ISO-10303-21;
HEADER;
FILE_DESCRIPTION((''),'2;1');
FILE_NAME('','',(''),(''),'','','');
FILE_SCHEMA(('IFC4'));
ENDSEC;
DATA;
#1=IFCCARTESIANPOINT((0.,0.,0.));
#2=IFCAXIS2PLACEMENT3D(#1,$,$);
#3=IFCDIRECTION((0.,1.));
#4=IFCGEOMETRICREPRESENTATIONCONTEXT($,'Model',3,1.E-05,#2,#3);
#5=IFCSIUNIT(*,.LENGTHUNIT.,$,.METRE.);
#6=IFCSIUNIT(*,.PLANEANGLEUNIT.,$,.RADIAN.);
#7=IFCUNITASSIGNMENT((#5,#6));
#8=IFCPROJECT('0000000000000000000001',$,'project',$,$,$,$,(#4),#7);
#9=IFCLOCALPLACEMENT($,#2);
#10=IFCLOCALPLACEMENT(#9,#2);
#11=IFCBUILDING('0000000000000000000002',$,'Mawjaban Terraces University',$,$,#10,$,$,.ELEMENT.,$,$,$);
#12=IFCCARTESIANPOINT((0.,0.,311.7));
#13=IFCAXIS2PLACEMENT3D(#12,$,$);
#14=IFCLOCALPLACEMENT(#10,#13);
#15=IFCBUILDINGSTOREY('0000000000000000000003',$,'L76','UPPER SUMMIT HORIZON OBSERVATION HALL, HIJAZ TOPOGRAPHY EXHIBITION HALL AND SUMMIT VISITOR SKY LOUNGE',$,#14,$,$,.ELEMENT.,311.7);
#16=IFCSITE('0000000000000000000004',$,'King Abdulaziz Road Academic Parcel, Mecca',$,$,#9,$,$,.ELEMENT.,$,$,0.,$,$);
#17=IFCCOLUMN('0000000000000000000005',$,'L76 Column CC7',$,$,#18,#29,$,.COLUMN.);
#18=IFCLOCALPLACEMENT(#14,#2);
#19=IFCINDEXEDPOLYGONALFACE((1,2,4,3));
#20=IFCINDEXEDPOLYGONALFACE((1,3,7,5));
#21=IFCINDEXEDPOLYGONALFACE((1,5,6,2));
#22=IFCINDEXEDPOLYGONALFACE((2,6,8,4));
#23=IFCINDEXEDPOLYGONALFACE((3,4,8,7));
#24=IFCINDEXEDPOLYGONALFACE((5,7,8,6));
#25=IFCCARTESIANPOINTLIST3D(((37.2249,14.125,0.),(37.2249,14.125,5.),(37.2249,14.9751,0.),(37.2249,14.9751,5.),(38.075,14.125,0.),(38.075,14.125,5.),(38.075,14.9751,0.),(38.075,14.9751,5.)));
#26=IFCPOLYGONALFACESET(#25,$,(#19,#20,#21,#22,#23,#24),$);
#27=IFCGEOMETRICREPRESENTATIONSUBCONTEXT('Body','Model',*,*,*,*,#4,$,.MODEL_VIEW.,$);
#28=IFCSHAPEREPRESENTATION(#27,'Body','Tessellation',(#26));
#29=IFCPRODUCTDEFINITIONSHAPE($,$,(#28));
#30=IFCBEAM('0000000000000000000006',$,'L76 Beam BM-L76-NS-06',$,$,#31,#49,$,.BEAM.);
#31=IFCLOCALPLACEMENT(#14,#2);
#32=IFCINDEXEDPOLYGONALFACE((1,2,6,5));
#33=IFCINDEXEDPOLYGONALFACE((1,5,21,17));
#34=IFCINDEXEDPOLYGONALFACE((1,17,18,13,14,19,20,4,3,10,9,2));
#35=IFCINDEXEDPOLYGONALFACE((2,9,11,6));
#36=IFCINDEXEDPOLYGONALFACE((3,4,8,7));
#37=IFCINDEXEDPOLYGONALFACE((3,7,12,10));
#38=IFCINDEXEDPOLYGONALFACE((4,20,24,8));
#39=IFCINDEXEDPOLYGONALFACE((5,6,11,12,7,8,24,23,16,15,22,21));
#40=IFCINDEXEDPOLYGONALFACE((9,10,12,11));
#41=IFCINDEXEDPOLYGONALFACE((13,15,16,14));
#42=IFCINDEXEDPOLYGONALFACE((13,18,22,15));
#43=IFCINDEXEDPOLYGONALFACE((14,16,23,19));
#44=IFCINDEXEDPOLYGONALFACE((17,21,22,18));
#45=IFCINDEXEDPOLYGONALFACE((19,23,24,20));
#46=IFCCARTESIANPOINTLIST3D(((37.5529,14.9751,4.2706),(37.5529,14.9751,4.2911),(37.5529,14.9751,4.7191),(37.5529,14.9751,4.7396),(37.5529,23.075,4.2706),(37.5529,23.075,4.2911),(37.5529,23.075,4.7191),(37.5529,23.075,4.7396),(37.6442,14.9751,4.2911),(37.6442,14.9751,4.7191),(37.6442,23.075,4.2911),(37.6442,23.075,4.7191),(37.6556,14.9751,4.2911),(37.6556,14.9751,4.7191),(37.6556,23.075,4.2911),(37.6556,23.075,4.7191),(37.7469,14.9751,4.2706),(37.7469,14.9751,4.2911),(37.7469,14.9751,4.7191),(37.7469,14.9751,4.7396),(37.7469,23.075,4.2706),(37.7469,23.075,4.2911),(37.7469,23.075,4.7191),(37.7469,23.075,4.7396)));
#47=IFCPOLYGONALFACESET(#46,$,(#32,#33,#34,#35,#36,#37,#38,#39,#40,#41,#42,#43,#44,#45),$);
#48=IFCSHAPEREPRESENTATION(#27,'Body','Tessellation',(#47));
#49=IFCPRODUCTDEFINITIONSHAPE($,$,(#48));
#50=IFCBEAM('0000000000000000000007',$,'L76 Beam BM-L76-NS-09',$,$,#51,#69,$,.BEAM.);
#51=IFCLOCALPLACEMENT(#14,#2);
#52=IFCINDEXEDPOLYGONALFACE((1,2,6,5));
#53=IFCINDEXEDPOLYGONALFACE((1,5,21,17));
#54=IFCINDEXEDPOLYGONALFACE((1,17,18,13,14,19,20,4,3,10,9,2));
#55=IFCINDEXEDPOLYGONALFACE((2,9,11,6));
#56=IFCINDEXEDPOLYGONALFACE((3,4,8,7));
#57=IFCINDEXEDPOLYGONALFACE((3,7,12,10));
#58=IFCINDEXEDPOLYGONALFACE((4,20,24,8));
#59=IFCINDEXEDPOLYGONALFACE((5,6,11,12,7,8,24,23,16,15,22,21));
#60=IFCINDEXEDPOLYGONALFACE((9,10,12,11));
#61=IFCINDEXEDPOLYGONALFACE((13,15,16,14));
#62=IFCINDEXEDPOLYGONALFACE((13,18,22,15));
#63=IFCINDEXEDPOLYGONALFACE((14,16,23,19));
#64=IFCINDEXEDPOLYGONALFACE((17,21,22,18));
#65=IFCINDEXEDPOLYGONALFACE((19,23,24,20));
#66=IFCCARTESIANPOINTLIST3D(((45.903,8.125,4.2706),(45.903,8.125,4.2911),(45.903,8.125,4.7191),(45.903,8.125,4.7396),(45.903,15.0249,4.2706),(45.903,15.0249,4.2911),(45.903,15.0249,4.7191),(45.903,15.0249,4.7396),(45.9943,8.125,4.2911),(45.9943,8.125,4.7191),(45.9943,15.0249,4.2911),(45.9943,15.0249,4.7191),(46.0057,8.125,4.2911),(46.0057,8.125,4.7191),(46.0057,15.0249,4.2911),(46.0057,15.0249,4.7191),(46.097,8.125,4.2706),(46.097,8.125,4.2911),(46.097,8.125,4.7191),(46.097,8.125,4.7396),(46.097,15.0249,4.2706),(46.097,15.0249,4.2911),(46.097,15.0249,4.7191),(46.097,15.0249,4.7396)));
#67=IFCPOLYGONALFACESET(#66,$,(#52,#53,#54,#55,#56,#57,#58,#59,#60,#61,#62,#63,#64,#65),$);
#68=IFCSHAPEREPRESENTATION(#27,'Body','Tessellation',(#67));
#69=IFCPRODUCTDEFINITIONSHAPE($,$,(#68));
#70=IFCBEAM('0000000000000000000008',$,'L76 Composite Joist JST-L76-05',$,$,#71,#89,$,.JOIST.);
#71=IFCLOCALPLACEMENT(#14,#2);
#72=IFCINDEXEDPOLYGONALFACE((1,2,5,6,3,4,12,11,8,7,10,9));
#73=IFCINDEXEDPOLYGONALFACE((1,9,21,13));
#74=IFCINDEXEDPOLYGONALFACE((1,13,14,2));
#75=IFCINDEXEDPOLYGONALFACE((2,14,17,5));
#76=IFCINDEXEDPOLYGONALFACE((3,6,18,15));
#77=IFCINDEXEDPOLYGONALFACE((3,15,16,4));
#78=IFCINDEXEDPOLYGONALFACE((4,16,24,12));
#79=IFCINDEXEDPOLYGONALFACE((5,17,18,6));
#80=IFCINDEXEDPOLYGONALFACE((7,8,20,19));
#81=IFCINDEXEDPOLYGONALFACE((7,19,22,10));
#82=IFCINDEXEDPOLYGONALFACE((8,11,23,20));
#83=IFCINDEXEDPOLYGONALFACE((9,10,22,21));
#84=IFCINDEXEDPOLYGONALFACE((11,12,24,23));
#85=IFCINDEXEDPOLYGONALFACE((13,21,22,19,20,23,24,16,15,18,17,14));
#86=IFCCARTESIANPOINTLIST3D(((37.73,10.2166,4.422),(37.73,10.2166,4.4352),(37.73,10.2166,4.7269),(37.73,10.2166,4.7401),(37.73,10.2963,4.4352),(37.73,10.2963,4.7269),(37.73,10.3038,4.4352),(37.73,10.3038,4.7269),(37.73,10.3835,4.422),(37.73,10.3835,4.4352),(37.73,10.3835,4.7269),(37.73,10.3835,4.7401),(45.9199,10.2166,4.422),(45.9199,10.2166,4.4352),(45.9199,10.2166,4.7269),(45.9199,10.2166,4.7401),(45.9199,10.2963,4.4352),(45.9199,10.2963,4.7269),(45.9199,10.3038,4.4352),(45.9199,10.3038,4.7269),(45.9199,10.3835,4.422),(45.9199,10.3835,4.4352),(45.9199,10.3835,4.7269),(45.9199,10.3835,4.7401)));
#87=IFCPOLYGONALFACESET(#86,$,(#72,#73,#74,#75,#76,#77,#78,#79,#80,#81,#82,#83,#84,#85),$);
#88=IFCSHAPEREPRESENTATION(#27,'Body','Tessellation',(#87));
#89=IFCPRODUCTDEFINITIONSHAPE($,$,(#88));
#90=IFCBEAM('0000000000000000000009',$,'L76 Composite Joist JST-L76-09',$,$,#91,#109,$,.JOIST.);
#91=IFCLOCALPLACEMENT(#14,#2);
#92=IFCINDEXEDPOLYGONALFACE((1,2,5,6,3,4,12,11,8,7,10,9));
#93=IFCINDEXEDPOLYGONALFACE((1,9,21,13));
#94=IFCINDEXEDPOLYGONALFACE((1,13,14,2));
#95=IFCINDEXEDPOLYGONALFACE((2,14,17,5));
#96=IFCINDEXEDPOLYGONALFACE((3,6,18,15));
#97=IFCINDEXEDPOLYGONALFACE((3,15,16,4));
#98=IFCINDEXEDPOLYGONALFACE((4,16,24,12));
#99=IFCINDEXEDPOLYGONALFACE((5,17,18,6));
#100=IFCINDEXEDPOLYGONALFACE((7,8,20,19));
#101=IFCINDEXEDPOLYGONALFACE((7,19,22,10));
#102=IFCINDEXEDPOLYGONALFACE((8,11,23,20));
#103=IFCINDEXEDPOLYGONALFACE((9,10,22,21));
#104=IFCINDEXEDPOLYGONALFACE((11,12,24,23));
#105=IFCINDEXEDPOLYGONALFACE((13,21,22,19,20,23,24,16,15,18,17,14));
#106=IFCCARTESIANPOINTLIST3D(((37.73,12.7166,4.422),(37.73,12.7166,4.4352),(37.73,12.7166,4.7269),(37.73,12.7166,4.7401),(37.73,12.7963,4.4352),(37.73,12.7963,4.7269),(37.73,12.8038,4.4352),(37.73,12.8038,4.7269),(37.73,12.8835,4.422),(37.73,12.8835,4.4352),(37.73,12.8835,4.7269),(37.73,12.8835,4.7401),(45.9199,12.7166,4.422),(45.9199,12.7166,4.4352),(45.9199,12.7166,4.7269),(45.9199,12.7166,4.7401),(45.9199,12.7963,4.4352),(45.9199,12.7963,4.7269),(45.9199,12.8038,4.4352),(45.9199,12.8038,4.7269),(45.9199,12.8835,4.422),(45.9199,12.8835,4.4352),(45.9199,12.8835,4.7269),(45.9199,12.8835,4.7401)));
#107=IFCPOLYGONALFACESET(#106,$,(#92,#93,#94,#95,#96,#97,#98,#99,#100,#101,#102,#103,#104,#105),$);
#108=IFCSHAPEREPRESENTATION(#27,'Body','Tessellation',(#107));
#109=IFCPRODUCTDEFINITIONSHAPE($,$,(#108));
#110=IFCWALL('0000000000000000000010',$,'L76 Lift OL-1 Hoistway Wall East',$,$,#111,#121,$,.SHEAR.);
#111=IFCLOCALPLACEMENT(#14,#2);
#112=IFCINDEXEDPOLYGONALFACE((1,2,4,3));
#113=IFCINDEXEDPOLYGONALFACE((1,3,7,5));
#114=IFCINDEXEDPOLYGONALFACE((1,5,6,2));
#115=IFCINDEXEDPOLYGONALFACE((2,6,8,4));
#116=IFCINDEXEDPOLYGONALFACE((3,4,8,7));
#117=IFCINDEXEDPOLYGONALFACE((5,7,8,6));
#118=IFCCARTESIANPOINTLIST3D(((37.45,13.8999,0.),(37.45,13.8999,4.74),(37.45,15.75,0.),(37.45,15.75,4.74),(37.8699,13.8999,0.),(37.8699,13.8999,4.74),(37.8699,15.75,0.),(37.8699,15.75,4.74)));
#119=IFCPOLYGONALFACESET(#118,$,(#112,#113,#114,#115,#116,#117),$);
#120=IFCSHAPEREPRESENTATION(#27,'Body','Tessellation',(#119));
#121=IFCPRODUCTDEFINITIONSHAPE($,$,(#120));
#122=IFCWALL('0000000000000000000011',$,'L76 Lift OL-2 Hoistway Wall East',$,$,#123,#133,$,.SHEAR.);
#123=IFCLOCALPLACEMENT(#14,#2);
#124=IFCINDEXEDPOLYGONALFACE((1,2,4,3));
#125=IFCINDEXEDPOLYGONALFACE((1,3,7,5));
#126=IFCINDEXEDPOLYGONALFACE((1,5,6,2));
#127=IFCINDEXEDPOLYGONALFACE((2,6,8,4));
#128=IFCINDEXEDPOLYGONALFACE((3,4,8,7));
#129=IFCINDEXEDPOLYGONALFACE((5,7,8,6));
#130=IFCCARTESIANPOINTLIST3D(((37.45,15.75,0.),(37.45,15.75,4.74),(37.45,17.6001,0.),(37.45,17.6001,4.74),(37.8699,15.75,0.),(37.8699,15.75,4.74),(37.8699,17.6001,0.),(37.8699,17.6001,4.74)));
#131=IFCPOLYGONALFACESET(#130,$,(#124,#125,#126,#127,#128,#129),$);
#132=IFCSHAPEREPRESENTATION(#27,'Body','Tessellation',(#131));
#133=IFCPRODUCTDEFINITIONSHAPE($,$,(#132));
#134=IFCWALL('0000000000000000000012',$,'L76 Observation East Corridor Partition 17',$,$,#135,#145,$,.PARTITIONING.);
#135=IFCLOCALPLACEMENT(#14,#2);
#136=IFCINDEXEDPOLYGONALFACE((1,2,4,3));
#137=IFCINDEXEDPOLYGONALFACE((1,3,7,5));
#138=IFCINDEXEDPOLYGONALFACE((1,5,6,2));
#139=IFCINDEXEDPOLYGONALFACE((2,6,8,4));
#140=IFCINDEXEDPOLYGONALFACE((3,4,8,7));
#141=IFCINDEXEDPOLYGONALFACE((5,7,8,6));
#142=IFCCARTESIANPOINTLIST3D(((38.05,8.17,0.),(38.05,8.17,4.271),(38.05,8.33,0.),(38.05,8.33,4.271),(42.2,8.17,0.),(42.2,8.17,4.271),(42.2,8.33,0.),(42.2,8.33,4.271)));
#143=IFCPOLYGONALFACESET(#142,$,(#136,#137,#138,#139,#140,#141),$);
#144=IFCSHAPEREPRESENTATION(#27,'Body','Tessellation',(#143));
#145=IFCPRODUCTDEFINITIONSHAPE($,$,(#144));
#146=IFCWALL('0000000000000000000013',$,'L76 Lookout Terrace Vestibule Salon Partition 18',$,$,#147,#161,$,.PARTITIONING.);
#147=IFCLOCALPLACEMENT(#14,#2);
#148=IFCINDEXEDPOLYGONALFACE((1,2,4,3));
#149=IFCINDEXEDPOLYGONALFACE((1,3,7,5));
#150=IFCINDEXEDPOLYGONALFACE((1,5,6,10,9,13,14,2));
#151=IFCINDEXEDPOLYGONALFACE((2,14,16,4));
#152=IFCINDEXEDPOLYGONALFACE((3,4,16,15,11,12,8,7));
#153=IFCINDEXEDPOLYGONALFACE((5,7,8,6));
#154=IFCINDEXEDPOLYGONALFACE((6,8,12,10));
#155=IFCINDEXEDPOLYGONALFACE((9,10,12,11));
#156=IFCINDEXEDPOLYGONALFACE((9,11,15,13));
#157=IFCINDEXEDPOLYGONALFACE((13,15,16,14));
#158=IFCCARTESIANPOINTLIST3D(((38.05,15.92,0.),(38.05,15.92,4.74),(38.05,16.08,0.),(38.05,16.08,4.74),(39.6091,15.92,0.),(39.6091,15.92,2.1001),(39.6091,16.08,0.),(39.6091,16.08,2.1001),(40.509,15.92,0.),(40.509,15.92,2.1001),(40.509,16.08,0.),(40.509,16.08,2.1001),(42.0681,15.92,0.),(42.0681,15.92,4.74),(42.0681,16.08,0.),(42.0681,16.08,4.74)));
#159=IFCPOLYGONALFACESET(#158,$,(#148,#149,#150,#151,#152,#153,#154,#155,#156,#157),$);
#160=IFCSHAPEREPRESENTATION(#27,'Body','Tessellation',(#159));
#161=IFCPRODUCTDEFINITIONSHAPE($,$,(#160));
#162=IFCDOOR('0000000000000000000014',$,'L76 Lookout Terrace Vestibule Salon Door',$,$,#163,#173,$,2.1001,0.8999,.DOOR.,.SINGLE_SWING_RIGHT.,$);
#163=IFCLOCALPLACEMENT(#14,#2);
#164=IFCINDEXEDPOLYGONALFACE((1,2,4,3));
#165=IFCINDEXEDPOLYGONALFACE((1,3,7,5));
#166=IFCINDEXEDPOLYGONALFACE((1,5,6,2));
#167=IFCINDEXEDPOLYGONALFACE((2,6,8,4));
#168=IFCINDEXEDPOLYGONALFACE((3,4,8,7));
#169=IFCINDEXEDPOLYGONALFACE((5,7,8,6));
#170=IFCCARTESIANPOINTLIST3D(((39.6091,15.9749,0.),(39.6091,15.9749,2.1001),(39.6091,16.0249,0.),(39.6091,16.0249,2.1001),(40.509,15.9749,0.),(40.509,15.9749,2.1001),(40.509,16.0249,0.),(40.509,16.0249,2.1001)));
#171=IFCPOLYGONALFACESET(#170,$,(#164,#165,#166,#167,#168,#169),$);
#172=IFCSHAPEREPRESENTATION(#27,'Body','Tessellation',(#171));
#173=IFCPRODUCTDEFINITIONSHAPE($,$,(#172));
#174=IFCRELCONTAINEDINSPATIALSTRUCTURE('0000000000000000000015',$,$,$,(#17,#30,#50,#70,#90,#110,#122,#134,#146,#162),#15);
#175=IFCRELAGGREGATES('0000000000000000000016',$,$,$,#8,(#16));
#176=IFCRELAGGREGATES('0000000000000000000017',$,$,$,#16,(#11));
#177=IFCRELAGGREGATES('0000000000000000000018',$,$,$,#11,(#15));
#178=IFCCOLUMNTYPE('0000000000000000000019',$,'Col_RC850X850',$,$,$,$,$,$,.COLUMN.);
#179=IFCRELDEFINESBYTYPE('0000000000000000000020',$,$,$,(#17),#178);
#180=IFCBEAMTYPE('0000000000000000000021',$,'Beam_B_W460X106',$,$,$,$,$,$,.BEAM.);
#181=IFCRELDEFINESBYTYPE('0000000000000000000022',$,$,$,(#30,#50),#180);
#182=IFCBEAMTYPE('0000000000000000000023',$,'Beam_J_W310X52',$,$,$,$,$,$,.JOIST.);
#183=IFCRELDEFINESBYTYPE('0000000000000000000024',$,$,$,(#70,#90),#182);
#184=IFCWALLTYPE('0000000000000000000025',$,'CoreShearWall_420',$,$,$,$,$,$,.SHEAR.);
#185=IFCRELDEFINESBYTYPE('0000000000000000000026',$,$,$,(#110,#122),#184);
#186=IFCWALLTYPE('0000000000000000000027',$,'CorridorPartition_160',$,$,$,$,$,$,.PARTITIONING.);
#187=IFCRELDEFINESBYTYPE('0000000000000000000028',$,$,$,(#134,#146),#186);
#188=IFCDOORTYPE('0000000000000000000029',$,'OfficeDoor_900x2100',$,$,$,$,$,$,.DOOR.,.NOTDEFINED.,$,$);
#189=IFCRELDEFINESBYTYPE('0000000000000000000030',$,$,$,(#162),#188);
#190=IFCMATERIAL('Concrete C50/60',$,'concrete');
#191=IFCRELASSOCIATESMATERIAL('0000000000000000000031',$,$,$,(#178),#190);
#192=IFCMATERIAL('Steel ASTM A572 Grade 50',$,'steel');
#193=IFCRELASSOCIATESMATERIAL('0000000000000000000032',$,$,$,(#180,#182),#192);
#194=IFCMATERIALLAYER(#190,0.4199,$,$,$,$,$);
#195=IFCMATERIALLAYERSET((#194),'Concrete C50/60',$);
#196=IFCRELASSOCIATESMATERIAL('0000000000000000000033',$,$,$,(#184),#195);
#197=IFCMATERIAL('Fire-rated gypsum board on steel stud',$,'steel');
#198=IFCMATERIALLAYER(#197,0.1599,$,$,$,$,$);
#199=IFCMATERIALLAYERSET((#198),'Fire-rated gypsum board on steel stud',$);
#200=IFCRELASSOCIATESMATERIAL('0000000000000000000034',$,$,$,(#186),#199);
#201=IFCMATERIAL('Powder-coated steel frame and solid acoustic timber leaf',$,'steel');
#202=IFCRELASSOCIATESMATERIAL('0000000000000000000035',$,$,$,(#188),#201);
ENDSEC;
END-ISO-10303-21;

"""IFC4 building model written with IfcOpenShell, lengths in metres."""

from ifc_helpers import new_model, si_unit, direction, frame, frame_2d, origin, origin_2d, place, context, subcontext, project, spatial, rectangle, i_section, extrude, material, layer, layer_set, material_profile, profile_set, type_object, element, fill, save


model = new_model("IFC4")

# Units and contexts
model_context = context("Model", 3, precision=1e-05, world=origin(), true_north=direction((0.0, 1.0)))
body_context = subcontext(model_context, "Body", "Model", "MODEL_VIEW")
ifc_project = project(units=[si_unit("LENGTHUNIT", "METRE"), si_unit("PLANEANGLEUNIT", "RADIAN")], contexts=[model_context])

# Site, building, storey
site_placement = place(None, origin())
site = spatial("IfcSite", under=ifc_project, at=site_placement, Name="King Abdulaziz Road Academic Parcel, Mecca", CompositionType="ELEMENT", RefElevation=0.0)
building_placement = place(site_placement, origin())
building = spatial("IfcBuilding", under=site, at=building_placement, Name="Mawjaban Terraces University", CompositionType="ELEMENT")
storey_placement = place(building_placement, frame((0.0, 0.0, 311.7)))
storey = spatial("IfcBuildingStorey", under=building, at=storey_placement, Name="L76", Description="UPPER SUMMIT HORIZON OBSERVATION HALL, HIJAZ TOPOGRAPHY EXHIBITION HALL AND SUMMIT VISITOR SKY LOUNGE", CompositionType="ELEMENT", Elevation=311.7)

# Column
ifc_material_1 = material(Name="Concrete C50/60", Category="concrete")
ifc_material_profile_1 = material_profile(ifc_material_1, rectangle(XDim=0.8501, YDim=0.8501, at=origin_2d()), Name="RC850X850")
ifc_profile_set_1 = profile_set([ifc_material_profile_1], Name="Concrete C50/60")
column_type = type_object("IfcColumnType", Name="Col_RC850X850", PredefinedType="COLUMN", material=ifc_profile_set_1)
column_placement = place(storey_placement, frame((37.6499, 14.55, 0.0), z_axis=(0.0, 0.0, 1.0), x_axis=(1.0, 0.0, 0.0)))
element("IfcColumn", 1, at=column_placement, inside=storey, type_object=column_type, Name="L76 Column CC7", PredefinedType="COLUMN", context=body_context, shape_type="SweptSolid", body=[
    extrude(rectangle(XDim=0.8501, YDim=0.8501, at=origin_2d()), origin(), (0.0, 0.0, 1.0), 5.0),
])

# Beams
ifc_material_2 = material(Name="Steel ASTM A572 Grade 50", Category="steel")
ifc_material_profile_2 = material_profile(ifc_material_2, i_section(OverallWidth=0.1941, OverallDepth=0.469, WebThickness=0.0115, FlangeThickness=0.0205, at=origin_2d()), Name="W460X106")
ifc_profile_set_2 = profile_set([ifc_material_profile_2], Name="Steel ASTM A572 Grade 50")
beam_type_1 = type_object("IfcBeamType", Name="Beam_B_W460X106", PredefinedType="BEAM", material=ifc_profile_set_2)
beam_1_placement = place(storey_placement, frame((37.6499, 14.9751, 4.5051), z_axis=(0.0, 1.0, 0.0), x_axis=(-1.0, 0.0, 0.0)))
element("IfcBeam", 2, at=beam_1_placement, inside=storey, type_object=beam_type_1, Name="L76 Beam BM-L76-NS-06", PredefinedType="BEAM", context=body_context, shape_type="SweptSolid", body=[
    extrude(i_section(OverallWidth=0.1941, OverallDepth=0.469, WebThickness=0.0115, FlangeThickness=0.0205, at=origin_2d()), origin(), (0.0, 0.0, 1.0), 8.0999),
])
beam_2_placement = place(storey_placement, frame((46.0, 8.125, 4.5051), z_axis=(0.0, 1.0, 0.0), x_axis=(-1.0, 0.0, 0.0)))
element("IfcBeam", 3, at=beam_2_placement, inside=storey, type_object=beam_type_1, Name="L76 Beam BM-L76-NS-09", PredefinedType="BEAM", context=body_context, shape_type="SweptSolid", body=[
    extrude(i_section(OverallWidth=0.1941, OverallDepth=0.469, WebThickness=0.0115, FlangeThickness=0.0205, at=origin_2d()), origin(), (0.0, 0.0, 1.0), 6.8999),
])
ifc_material_profile_3 = material_profile(ifc_material_2, i_section(OverallWidth=0.167, OverallDepth=0.3181, WebThickness=0.0076, FlangeThickness=0.0132, at=origin_2d()), Name="W310X52")
ifc_profile_set_3 = profile_set([ifc_material_profile_3], Name="Steel ASTM A572 Grade 50")
beam_type_2 = type_object("IfcBeamType", Name="Beam_J_W310X52", PredefinedType="JOIST", material=ifc_profile_set_3)
for number, where, z_axis, x_axis, name in (
    (4, (37.73, 10.3, 4.5811), (1.0, 0.0, 0.0), (0.0, 1.0, 0.0), "L76 Composite Joist JST-L76-05"),
    (5, (37.73, 12.8, 4.5811), (1.0, 0.0, 0.0), (0.0, 1.0, 0.0), "L76 Composite Joist JST-L76-09"),
):
    element("IfcBeam", number, at=place(storey_placement, frame(where, z_axis=z_axis, x_axis=x_axis)), inside=storey, type_object=beam_type_2, Name=name, PredefinedType="JOIST", context=body_context, shape_type="SweptSolid", body=[
        extrude(i_section(OverallWidth=0.167, OverallDepth=0.3181, WebThickness=0.0076, FlangeThickness=0.0132, at=origin_2d()), origin(), (0.0, 0.0, 1.0), 8.1899),
    ])

# Walls
ifc_layer_1 = layer(ifc_material_1, 0.4199)
ifc_layer_set_1 = layer_set([ifc_layer_1], Name="Concrete C50/60")
wall_type_1 = type_object("IfcWallType", Name="CoreShearWall_420", PredefinedType="SHEAR", material=ifc_layer_set_1)
for number, where, z_axis, x_axis, name in (
    (6, (37.6599, 13.8999, 0.0), (0.0, 0.0, 1.0), (0.0, 1.0, 0.0), "L76 Lift OL-1 Hoistway Wall East"),
    (7, (37.6599, 15.75, 0.0), (0.0, 0.0, 1.0), (0.0, 1.0, 0.0), "L76 Lift OL-2 Hoistway Wall East"),
):
    element("IfcWall", number, at=place(storey_placement, frame(where, z_axis=z_axis, x_axis=x_axis)), inside=storey, type_object=wall_type_1, Name=name, PredefinedType="SHEAR", context=body_context, shape_type="SweptSolid", body=[
        extrude(rectangle(XDim=1.8501, YDim=0.4199, at=frame_2d((0.925, 0.0))), origin(), (0.0, 0.0, 1.0), 4.74),
    ])
ifc_material_3 = material(Name="Fire-rated gypsum board on steel stud", Category="steel")
ifc_layer_2 = layer(ifc_material_3, 0.1599)
ifc_layer_set_2 = layer_set([ifc_layer_2], Name="Fire-rated gypsum board on steel stud")
wall_type_2 = type_object("IfcWallType", Name="CorridorPartition_160", PredefinedType="PARTITIONING", material=ifc_layer_set_2)
wall_1_placement = place(storey_placement, frame((38.05, 8.25, 0.0), z_axis=(0.0, 0.0, 1.0), x_axis=(1.0, 0.0, 0.0)))
element("IfcWall", 8, at=wall_1_placement, inside=storey, type_object=wall_type_2, Name="L76 Observation East Corridor Partition 17", PredefinedType="PARTITIONING", context=body_context, shape_type="SweptSolid", body=[
    extrude(rectangle(XDim=4.1499, YDim=0.1599, at=frame_2d((2.075, 0.0))), origin(), (0.0, 0.0, 1.0), 4.271),
])

# Wall, opening, door
wall_2_placement = place(storey_placement, frame((38.05, 16.0, 0.0), z_axis=(0.0, 0.0, 1.0), x_axis=(1.0, 0.0, 0.0)))
wall_2 = element("IfcWall", 9, at=wall_2_placement, inside=storey, type_object=wall_type_2, Name="L76 Lookout Terrace Vestibule Salon Partition 18", PredefinedType="PARTITIONING", context=body_context, shape_type="SweptSolid", body=[
    extrude(rectangle(XDim=4.0181, YDim=0.1599, at=frame_2d((2.009, 0.0))), origin(), (0.0, 0.0, 1.0), 4.74),
])
opening_1_placement = place(wall_2_placement, frame((1.5591, 0.0, 0.0)))
opening_1 = element("IfcOpeningElement", 10, at=opening_1_placement, cuts=wall_2, PredefinedType="OPENING", context=body_context, shape_type="SweptSolid", body=[
    extrude(rectangle(XDim=0.8999, YDim=2.1001, at=frame_2d((0.45, 1.05))), frame((0.0, 0.0898, 0.0), z_axis=(0.0, -1.0, 0.0), x_axis=(1.0, 0.0, 0.0)), (0.0, 0.0, 1.0), 0.1799),
])
ifc_material_4 = material(Name="Powder-coated steel frame and solid acoustic timber leaf", Category="steel")
door_type = type_object("IfcDoorType", Name="OfficeDoor_900x2100", OperationType="NOTDEFINED", PredefinedType="DOOR", material=ifc_material_4)
door_1_placement = place(opening_1_placement, origin())
door_1 = element("IfcDoor", 11, at=door_1_placement, inside=storey, type_object=door_type, Name="L76 Lookout Terrace Vestibule Salon Door", OperationType="SINGLE_SWING_RIGHT", OverallHeight=2.1001, OverallWidth=0.8999, PredefinedType="DOOR", context=body_context, shape_type="SweptSolid", body=[
    extrude(rectangle(XDim=0.8999, YDim=2.1001, at=frame_2d((0.45, 1.05))), frame((0.0, 0.0249, 0.0), z_axis=(0.0, -1.0, 0.0), x_axis=(1.0, 0.0, 0.0)), (0.0, 0.0, 1.0), 0.05),
])
fill(opening_1, door_1)

save(model, "model.ifc")
